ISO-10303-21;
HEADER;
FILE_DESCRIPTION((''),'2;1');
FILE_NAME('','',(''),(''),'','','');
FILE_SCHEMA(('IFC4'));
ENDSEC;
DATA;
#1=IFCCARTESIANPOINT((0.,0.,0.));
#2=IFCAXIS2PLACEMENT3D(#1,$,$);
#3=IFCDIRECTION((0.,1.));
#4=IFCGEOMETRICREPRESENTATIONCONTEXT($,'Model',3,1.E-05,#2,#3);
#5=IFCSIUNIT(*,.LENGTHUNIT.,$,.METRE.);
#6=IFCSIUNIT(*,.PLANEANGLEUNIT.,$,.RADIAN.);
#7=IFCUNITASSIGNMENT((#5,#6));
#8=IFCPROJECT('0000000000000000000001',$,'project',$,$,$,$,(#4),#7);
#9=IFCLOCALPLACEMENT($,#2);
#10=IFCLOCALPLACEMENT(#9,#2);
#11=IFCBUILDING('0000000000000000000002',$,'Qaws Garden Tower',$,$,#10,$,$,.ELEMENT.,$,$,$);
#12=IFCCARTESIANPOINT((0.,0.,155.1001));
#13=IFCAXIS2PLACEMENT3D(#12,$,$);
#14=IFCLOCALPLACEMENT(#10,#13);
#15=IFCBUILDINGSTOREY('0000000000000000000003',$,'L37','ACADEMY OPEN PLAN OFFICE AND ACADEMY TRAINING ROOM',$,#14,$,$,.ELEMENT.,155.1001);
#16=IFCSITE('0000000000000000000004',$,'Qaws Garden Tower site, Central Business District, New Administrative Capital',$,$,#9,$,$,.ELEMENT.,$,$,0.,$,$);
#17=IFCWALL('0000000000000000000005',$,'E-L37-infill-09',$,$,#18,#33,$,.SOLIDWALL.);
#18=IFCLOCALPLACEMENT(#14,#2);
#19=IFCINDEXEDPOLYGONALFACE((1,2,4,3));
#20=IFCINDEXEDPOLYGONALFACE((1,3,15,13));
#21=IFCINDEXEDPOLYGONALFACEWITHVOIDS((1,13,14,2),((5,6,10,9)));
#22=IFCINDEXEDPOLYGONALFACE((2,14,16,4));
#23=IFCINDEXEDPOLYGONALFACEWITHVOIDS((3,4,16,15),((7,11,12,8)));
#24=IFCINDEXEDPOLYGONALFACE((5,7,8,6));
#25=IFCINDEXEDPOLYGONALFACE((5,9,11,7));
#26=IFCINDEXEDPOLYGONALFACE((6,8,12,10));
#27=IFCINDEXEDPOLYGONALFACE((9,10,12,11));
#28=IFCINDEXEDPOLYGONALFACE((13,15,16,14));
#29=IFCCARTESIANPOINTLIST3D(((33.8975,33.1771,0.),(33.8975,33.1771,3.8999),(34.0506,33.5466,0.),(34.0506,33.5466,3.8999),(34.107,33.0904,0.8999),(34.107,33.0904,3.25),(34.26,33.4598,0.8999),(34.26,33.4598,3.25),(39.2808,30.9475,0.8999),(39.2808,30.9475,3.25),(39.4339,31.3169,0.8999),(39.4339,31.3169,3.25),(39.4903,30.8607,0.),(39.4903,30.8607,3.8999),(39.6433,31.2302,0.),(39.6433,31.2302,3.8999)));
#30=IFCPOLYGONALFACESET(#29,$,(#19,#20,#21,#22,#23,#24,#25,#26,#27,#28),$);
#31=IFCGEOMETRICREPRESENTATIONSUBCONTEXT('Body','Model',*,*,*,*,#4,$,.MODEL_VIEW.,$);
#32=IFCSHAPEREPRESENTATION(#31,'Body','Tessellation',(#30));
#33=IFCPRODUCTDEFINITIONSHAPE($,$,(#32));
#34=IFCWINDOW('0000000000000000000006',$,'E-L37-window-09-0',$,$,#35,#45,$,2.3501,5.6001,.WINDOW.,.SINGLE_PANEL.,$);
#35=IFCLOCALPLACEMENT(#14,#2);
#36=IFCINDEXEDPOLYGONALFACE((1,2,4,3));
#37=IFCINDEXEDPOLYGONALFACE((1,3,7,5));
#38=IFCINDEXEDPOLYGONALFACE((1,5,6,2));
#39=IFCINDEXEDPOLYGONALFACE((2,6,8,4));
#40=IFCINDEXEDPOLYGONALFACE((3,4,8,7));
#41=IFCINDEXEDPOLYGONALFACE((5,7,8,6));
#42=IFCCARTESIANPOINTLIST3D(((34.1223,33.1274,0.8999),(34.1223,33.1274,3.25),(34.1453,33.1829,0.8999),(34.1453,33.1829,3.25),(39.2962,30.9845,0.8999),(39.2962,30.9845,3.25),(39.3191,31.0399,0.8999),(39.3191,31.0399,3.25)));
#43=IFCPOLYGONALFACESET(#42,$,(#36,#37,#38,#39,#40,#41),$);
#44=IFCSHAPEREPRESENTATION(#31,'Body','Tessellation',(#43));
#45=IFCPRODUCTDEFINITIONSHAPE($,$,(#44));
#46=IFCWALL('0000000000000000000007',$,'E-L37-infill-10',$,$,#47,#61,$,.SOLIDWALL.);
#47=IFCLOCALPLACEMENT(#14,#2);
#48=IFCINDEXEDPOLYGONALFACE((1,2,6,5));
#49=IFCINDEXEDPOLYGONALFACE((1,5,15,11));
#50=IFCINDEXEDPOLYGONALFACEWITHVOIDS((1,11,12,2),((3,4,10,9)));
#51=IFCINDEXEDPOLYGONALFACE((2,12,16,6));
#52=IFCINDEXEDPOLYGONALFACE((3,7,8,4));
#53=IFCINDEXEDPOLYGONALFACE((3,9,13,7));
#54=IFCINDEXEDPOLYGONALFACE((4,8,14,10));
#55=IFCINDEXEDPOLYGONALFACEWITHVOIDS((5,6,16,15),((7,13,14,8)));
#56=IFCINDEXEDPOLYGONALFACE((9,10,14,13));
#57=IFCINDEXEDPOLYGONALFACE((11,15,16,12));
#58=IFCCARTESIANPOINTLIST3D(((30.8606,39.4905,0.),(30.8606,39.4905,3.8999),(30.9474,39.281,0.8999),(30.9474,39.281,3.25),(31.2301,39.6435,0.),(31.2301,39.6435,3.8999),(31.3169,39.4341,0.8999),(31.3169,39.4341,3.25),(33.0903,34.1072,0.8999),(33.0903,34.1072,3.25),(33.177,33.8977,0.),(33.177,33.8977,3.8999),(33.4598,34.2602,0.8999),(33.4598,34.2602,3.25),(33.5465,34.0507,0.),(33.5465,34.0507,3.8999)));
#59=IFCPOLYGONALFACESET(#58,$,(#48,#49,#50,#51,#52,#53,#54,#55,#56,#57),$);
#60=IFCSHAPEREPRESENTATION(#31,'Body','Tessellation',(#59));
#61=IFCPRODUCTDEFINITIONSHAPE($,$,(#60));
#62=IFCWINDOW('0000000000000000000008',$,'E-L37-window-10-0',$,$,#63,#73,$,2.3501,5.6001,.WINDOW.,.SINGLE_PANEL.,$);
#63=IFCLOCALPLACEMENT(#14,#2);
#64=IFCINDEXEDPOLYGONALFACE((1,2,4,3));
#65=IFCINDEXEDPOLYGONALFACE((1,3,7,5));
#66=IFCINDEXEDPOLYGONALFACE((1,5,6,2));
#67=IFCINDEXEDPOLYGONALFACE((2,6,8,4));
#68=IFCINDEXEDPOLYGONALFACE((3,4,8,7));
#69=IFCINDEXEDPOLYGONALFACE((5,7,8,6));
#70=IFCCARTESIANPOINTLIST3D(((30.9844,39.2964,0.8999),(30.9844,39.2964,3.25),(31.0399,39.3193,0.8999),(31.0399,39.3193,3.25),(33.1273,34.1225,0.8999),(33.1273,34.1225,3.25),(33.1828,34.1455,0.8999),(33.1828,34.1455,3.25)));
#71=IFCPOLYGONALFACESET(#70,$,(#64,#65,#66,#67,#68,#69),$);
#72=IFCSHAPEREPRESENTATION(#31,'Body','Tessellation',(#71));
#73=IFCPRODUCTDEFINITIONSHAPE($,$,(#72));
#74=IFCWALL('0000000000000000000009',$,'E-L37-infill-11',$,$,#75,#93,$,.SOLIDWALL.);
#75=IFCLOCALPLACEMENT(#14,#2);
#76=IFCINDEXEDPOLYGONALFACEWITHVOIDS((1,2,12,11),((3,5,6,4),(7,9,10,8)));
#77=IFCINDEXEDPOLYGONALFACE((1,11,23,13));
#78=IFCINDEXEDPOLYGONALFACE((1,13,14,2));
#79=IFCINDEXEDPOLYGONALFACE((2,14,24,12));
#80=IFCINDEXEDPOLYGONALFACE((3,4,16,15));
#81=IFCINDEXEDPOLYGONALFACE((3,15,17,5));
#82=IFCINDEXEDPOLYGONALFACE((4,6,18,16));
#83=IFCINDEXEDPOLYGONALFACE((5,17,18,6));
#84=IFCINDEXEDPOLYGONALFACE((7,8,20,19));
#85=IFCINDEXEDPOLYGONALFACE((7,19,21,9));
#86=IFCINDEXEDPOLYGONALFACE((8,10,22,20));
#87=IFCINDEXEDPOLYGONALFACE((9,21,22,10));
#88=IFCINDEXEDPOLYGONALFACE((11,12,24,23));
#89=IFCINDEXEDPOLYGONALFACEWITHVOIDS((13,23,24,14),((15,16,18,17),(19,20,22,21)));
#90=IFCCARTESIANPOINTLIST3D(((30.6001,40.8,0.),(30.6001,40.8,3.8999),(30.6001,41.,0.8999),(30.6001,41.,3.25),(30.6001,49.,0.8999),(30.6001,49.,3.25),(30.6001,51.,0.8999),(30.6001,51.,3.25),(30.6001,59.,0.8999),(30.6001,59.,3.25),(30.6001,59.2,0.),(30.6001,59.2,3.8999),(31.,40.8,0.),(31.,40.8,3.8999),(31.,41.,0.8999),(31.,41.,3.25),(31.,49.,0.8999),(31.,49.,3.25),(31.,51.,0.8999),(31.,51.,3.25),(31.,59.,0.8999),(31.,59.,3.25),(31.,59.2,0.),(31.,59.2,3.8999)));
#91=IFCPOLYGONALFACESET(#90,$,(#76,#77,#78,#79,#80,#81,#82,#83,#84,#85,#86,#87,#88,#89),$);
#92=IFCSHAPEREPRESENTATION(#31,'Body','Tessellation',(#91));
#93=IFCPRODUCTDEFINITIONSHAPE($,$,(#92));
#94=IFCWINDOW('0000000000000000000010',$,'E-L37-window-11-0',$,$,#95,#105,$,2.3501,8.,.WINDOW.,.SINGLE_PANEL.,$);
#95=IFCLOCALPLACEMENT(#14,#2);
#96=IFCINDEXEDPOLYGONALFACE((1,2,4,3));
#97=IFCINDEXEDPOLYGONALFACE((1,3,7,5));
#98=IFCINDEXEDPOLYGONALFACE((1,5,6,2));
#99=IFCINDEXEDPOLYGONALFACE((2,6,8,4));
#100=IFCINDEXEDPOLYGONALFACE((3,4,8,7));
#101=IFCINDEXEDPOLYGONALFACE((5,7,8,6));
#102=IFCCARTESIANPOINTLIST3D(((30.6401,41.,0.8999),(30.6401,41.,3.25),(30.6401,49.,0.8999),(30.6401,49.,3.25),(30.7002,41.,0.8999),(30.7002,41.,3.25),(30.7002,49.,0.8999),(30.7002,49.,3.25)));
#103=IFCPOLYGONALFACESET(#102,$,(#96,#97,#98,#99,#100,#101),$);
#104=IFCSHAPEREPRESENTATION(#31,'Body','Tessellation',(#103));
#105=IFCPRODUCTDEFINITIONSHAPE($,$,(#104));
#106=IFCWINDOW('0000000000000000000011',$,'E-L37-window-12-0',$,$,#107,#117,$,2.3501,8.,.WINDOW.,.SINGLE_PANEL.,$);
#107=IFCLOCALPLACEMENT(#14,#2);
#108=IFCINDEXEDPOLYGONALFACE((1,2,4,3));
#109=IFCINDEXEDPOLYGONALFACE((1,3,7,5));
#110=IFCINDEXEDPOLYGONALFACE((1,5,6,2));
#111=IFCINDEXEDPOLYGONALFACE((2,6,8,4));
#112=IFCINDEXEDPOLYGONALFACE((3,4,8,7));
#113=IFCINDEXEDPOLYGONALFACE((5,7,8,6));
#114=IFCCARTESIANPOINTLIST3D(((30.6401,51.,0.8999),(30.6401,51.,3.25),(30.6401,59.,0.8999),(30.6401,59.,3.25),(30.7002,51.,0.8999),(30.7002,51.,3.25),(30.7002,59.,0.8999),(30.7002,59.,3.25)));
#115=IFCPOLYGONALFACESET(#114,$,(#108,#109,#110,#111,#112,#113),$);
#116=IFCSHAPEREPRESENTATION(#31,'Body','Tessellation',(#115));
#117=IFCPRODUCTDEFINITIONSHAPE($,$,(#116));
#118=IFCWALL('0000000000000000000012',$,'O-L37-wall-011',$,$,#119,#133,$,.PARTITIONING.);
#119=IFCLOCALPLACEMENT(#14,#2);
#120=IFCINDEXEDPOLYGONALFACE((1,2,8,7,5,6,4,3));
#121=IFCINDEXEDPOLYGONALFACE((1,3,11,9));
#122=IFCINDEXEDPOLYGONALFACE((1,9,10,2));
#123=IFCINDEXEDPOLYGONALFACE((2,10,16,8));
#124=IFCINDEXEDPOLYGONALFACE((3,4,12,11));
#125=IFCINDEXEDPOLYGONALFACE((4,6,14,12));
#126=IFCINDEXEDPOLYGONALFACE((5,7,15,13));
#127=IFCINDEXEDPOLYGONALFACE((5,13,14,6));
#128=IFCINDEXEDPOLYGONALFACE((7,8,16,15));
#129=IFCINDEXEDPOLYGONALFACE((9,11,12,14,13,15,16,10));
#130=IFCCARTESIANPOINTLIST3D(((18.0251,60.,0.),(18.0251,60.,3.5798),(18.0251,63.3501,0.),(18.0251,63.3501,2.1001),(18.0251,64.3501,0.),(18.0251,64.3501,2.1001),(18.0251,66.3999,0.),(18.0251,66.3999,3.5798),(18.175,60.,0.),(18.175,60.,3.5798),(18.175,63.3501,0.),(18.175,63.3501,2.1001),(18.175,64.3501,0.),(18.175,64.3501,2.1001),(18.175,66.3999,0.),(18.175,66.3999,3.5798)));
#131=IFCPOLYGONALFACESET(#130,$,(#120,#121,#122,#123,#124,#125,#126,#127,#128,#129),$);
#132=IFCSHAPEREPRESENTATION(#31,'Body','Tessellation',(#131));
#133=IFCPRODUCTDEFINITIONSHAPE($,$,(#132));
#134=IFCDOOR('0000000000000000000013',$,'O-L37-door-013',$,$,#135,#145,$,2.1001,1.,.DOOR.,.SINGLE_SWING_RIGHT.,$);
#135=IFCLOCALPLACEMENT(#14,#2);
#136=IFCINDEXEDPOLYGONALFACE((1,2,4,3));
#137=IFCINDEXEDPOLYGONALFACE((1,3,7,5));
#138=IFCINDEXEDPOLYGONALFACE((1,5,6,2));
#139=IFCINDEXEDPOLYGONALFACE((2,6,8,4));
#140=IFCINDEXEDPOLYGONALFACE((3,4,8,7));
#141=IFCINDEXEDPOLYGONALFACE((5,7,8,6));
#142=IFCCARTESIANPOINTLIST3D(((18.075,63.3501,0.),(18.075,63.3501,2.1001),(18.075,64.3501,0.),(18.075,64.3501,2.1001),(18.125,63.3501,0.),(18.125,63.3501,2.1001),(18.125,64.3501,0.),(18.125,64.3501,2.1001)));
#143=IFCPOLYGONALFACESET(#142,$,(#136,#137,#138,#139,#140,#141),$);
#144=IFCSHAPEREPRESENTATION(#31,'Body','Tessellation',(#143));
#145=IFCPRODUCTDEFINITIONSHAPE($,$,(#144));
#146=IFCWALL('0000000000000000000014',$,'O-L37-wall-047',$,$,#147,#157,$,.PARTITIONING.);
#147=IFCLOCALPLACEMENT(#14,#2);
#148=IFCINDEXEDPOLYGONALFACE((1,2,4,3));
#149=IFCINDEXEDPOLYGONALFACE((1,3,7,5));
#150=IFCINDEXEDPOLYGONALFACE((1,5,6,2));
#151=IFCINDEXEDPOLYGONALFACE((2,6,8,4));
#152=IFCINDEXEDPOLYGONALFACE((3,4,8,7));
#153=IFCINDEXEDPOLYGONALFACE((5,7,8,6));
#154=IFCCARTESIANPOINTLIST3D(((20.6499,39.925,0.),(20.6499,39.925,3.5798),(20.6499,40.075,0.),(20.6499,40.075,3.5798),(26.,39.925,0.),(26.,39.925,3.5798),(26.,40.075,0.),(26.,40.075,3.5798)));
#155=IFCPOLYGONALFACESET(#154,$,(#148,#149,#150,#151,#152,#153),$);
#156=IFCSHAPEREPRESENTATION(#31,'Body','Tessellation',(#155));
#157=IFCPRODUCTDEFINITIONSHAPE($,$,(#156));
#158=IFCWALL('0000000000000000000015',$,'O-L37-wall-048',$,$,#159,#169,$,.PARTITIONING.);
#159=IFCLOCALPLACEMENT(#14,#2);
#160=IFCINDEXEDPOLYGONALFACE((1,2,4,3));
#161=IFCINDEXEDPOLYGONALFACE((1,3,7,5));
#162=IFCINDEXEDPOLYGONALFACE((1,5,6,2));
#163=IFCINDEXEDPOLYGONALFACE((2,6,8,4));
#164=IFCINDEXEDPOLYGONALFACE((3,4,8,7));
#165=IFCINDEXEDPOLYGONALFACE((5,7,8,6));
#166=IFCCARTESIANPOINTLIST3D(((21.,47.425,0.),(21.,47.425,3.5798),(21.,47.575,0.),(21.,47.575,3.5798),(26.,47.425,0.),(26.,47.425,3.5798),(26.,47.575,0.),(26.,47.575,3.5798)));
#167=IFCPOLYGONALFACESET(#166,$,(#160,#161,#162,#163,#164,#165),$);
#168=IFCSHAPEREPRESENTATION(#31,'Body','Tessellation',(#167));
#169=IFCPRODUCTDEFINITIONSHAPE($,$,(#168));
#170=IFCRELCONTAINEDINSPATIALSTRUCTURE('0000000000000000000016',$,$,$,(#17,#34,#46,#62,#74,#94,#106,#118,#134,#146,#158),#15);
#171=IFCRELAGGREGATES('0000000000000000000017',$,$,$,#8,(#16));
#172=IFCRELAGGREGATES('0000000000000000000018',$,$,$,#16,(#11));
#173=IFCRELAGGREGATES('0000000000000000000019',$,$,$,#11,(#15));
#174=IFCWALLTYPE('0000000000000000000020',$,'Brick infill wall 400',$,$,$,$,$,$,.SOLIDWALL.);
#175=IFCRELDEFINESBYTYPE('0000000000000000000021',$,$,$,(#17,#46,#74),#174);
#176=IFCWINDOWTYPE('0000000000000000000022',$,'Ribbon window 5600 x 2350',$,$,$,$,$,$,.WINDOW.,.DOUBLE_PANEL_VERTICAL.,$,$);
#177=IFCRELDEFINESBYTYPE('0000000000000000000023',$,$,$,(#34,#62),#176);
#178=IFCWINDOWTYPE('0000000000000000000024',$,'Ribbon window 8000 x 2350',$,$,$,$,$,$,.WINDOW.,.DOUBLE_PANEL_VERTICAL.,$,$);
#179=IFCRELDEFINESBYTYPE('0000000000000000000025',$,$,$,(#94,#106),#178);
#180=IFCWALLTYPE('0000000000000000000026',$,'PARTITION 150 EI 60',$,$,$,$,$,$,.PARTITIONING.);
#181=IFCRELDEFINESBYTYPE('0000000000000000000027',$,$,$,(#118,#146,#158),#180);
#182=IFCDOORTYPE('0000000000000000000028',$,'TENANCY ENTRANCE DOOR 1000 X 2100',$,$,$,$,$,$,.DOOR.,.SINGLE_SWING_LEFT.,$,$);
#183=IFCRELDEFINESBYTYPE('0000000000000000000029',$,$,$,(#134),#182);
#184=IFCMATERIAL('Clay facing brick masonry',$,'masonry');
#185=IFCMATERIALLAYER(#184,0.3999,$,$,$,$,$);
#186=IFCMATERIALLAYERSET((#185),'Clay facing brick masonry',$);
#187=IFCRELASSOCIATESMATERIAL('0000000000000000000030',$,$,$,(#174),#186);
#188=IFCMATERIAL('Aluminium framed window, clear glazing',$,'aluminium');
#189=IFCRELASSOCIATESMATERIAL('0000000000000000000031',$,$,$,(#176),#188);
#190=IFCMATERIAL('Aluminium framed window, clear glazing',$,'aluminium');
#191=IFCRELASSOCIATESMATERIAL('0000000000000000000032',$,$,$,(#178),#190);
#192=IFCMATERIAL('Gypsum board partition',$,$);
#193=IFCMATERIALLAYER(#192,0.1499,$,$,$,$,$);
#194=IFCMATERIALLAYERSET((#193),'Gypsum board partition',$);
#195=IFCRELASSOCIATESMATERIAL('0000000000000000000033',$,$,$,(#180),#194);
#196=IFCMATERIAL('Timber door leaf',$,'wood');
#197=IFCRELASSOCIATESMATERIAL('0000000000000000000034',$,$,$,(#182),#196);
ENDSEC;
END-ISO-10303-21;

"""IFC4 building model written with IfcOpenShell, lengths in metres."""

from ifc_helpers import new_model, si_unit, direction, frame, frame_2d, origin, place, context, subcontext, project, spatial, rectangle, extrude, material, layer, layer_set, type_object, element, fill, save


model = new_model("IFC4")

# Units and contexts
model_context = context("Model", 3, precision=1e-05, world=origin(), true_north=direction((0.0, 1.0)))
body_context = subcontext(model_context, "Body", "Model", "MODEL_VIEW")
ifc_project = project(units=[si_unit("LENGTHUNIT", "METRE"), si_unit("PLANEANGLEUNIT", "RADIAN")], contexts=[model_context])

# Site, building, storey
site_placement = place(None, origin())
site = spatial("IfcSite", under=ifc_project, at=site_placement, Name="Qaws Garden Tower site, Central Business District, New Administrative Capital", CompositionType="ELEMENT", RefElevation=0.0)
building_placement = place(site_placement, origin())
building = spatial("IfcBuilding", under=site, at=building_placement, Name="Qaws Garden Tower", CompositionType="ELEMENT")
storey_placement = place(building_placement, frame((0.0, 0.0, 155.1001)))
storey = spatial("IfcBuildingStorey", under=building, at=storey_placement, Name="L37", Description="ACADEMY OPEN PLAN OFFICE AND ACADEMY TRAINING ROOM", CompositionType="ELEMENT", Elevation=155.1001)

# Walls, openings, windows
ifc_material_1 = material(Name="Clay facing brick masonry", Category="masonry")
ifc_layer_1 = layer(ifc_material_1, 0.3999)
ifc_layer_set_1 = layer_set([ifc_layer_1], Name="Clay facing brick masonry")
wall_type_1 = type_object("IfcWallType", Name="Brick infill wall 400", PredefinedType="SOLIDWALL", material=ifc_layer_set_1)
wall_1_placement = place(storey_placement, frame((39.5669, 31.0454, 0.0), z_axis=(0.0, 0.0, 1.0), x_axis=(-0.923891, 0.382656, 0.0)))
wall_1 = element("IfcWall", 1, at=wall_1_placement, inside=storey, type_object=wall_type_1, Name="E-L37-infill-09", PredefinedType="SOLIDWALL", context=body_context, shape_type="SweptSolid", body=[
    extrude(rectangle(XDim=6.0535, YDim=0.3999, at=frame_2d((3.0269, 0.0))), origin(), (0.0, 0.0, 1.0), 3.8999),
])
opening_1_placement = place(wall_1_placement, frame((0.2268, 0.0, 0.8999)))
opening_1 = element("IfcOpeningElement", 2, at=opening_1_placement, cuts=wall_1, PredefinedType="OPENING", context=body_context, shape_type="SweptSolid", body=[
    extrude(rectangle(XDim=5.6001, YDim=2.3501, at=frame_2d((2.8, 1.175))), frame((0.0, 0.21, 0.0), z_axis=(0.0, -1.0, 0.0), x_axis=(1.0, 0.0, 0.0)), (0.0, 0.0, 1.0), 0.4199),
])
ifc_material_2 = material(Name="Aluminium framed window, clear glazing", Category="aluminium")
window_type_1 = type_object("IfcWindowType", Name="Ribbon window 5600 x 2350", PartitioningType="DOUBLE_PANEL_VERTICAL", PredefinedType="WINDOW", material=ifc_material_2)
window_1_placement = place(opening_1_placement, origin())
window_1 = element("IfcWindow", 3, at=window_1_placement, inside=storey, type_object=window_type_1, Name="E-L37-window-09-0", OverallHeight=2.3501, OverallWidth=5.6001, PartitioningType="SINGLE_PANEL", PredefinedType="WINDOW", context=body_context, shape_type="SweptSolid", body=[
    extrude(rectangle(XDim=5.6001, YDim=2.3501, at=frame_2d((2.8, 1.175))), frame((0.0, 0.1599, 0.0), z_axis=(0.0, -1.0, 0.0), x_axis=(1.0, 0.0, 0.0)), (0.0, 0.0, 1.0), 0.0601),
])
fill(opening_1, window_1)
wall_2_placement = place(storey_placement, frame((33.3618, 33.9741, 0.0), z_axis=(0.0, 0.0, 1.0), x_axis=(-0.382656, 0.923891, 0.0)))
wall_2 = element("IfcWall", 4, at=wall_2_placement, inside=storey, type_object=wall_type_1, Name="E-L37-infill-10", PredefinedType="SOLIDWALL", context=body_context, shape_type="SweptSolid", body=[
    extrude(rectangle(XDim=6.0535, YDim=0.3999, at=frame_2d((3.0269, 0.0))), origin(), (0.0, 0.0, 1.0), 3.8999),
])
opening_2_placement = place(wall_2_placement, frame((0.2268, 0.0, 0.8999)))
opening_2 = element("IfcOpeningElement", 5, at=opening_2_placement, cuts=wall_2, PredefinedType="OPENING", context=body_context, shape_type="SweptSolid", body=[
    extrude(rectangle(XDim=5.6001, YDim=2.3501, at=frame_2d((2.8, 1.175))), frame((0.0, 0.21, 0.0), z_axis=(0.0, -1.0, 0.0), x_axis=(1.0, 0.0, 0.0)), (0.0, 0.0, 1.0), 0.4199),
])
window_2_placement = place(opening_2_placement, origin())
window_2 = element("IfcWindow", 6, at=window_2_placement, inside=storey, type_object=window_type_1, Name="E-L37-window-10-0", OverallHeight=2.3501, OverallWidth=5.6001, PartitioningType="SINGLE_PANEL", PredefinedType="WINDOW", context=body_context, shape_type="SweptSolid", body=[
    extrude(rectangle(XDim=5.6001, YDim=2.3501, at=frame_2d((2.8, 1.175))), frame((0.0, 0.1599, 0.0), z_axis=(0.0, -1.0, 0.0), x_axis=(1.0, 0.0, 0.0)), (0.0, 0.0, 1.0), 0.0601),
])
fill(opening_2, window_2)

# Wall, openings, windows
wall_3_placement = place(storey_placement, frame((30.8, 40.8, 0.0), z_axis=(0.0, 0.0, 1.0), x_axis=(0.0, 1.0, 0.0)))
wall_3 = element("IfcWall", 7, at=wall_3_placement, inside=storey, type_object=wall_type_1, Name="E-L37-infill-11", PredefinedType="SOLIDWALL", context=body_context, shape_type="SweptSolid", body=[
    extrude(rectangle(XDim=18.3999, YDim=0.3999, at=frame_2d((9.2, 0.0))), origin(), (0.0, 0.0, 1.0), 3.8999),
])
opening_3_placement = place(wall_3_placement, frame((0.2, 0.0, 0.8999)))
opening_3 = element("IfcOpeningElement", 8, at=opening_3_placement, cuts=wall_3, PredefinedType="OPENING", context=body_context, shape_type="SweptSolid", body=[
    extrude(rectangle(XDim=8.0, YDim=2.3501, at=frame_2d((4.0, 1.175))), frame((0.0, 0.21, 0.0), z_axis=(0.0, -1.0, 0.0), x_axis=(1.0, 0.0, 0.0)), (0.0, 0.0, 1.0), 0.4199),
])
opening_4_placement = place(wall_3_placement, frame((10.2, 0.0, 0.8999)))
opening_4 = element("IfcOpeningElement", 9, at=opening_4_placement, cuts=wall_3, PredefinedType="OPENING", context=body_context, shape_type="SweptSolid", body=[
    extrude(rectangle(XDim=8.0, YDim=2.3501, at=frame_2d((4.0, 1.175))), frame((0.0, 0.21, 0.0), z_axis=(0.0, -1.0, 0.0), x_axis=(1.0, 0.0, 0.0)), (0.0, 0.0, 1.0), 0.4199),
])
ifc_material_3 = material(Name="Aluminium framed window, clear glazing", Category="aluminium")
window_type_2 = type_object("IfcWindowType", Name="Ribbon window 8000 x 2350", PartitioningType="DOUBLE_PANEL_VERTICAL", PredefinedType="WINDOW", material=ifc_material_3)
window_3_placement = place(opening_3_placement, origin())
window_3 = element("IfcWindow", 10, at=window_3_placement, inside=storey, type_object=window_type_2, Name="E-L37-window-11-0", OverallHeight=2.3501, OverallWidth=8.0, PartitioningType="SINGLE_PANEL", PredefinedType="WINDOW", context=body_context, shape_type="SweptSolid", body=[
    extrude(rectangle(XDim=8.0, YDim=2.3501, at=frame_2d((4.0, 1.175))), frame((0.0, 0.1599, 0.0), z_axis=(0.0, -1.0, 0.0), x_axis=(1.0, 0.0, 0.0)), (0.0, 0.0, 1.0), 0.0601),
])
fill(opening_3, window_3)
window_4_placement = place(opening_4_placement, origin())
window_4 = element("IfcWindow", 11, at=window_4_placement, inside=storey, type_object=window_type_2, Name="E-L37-window-12-0", OverallHeight=2.3501, OverallWidth=8.0, PartitioningType="SINGLE_PANEL", PredefinedType="WINDOW", context=body_context, shape_type="SweptSolid", body=[
    extrude(rectangle(XDim=8.0, YDim=2.3501, at=frame_2d((4.0, 1.175))), frame((0.0, 0.1599, 0.0), z_axis=(0.0, -1.0, 0.0), x_axis=(1.0, 0.0, 0.0)), (0.0, 0.0, 1.0), 0.0601),
])
fill(opening_4, window_4)

# Wall, opening, door
ifc_material_4 = material(Name="Gypsum board partition")
ifc_layer_2 = layer(ifc_material_4, 0.1499)
ifc_layer_set_2 = layer_set([ifc_layer_2], Name="Gypsum board partition")
wall_type_2 = type_object("IfcWallType", Name="PARTITION 150 EI 60", PredefinedType="PARTITIONING", material=ifc_layer_set_2)
wall_4_placement = place(storey_placement, frame((18.1001, 60.0, 0.0), z_axis=(0.0, 0.0, 1.0), x_axis=(0.0, 1.0, 0.0)))
wall_4 = element("IfcWall", 12, at=wall_4_placement, inside=storey, type_object=wall_type_2, Name="O-L37-wall-011", PredefinedType="PARTITIONING", context=body_context, shape_type="SweptSolid", body=[
    extrude(rectangle(XDim=6.3999, YDim=0.1499, at=frame_2d((3.2, 0.0))), origin(), (0.0, 0.0, 1.0), 3.5798),
])
opening_5_placement = place(wall_4_placement, frame((3.3501, 0.0, 0.0)))
opening_5 = element("IfcOpeningElement", 13, at=opening_5_placement, cuts=wall_4, PredefinedType="OPENING", context=body_context, shape_type="SweptSolid", body=[
    extrude(rectangle(XDim=1.0, YDim=2.1001, at=frame_2d((0.5, 1.05))), frame((0.0, 0.085, 0.0), z_axis=(0.0, -1.0, 0.0), x_axis=(1.0, 0.0, 0.0)), (0.0, 0.0, 1.0), 0.1699),
])
ifc_material_5 = material(Name="Timber door leaf", Category="wood")
door_type = type_object("IfcDoorType", Name="TENANCY ENTRANCE DOOR 1000 X 2100", OperationType="SINGLE_SWING_LEFT", PredefinedType="DOOR", material=ifc_material_5)
door_placement = place(opening_5_placement, frame((1.0, 0.0, 0.0), z_axis=(0.0, 0.0, 1.0), x_axis=(-1.0, 0.0, 0.0)))
door = element("IfcDoor", 14, at=door_placement, inside=storey, type_object=door_type, Name="O-L37-door-013", OperationType="SINGLE_SWING_RIGHT", OverallHeight=2.1001, OverallWidth=1.0, PredefinedType="DOOR", context=body_context, shape_type="SweptSolid", body=[
    extrude(rectangle(XDim=1.0, YDim=2.1001, at=frame_2d((0.5, 1.05))), frame((0.0, 0.0249, 0.0), z_axis=(0.0, -1.0, 0.0), x_axis=(1.0, 0.0, 0.0)), (0.0, 0.0, 1.0), 0.05),
])
fill(opening_5, door)

# Walls
wall_5_placement = place(storey_placement, frame((20.6499, 40.0, 0.0), z_axis=(0.0, 0.0, 1.0), x_axis=(1.0, 0.0, 0.0)))
element("IfcWall", 15, at=wall_5_placement, inside=storey, type_object=wall_type_2, Name="O-L37-wall-047", PredefinedType="PARTITIONING", context=body_context, shape_type="SweptSolid", body=[
    extrude(rectangle(XDim=5.3501, YDim=0.1499, at=frame_2d((2.675, 0.0))), origin(), (0.0, 0.0, 1.0), 3.5798),
])
for number, where, z_axis, x_axis, name in (
    (16, (21.0, 47.5, 0.0), (0.0, 0.0, 1.0), (1.0, 0.0, 0.0), "O-L37-wall-048"),
):
    element("IfcWall", number, at=place(storey_placement, frame(where, z_axis=z_axis, x_axis=x_axis)), inside=storey, type_object=wall_type_2, Name=name, PredefinedType="PARTITIONING", context=body_context, shape_type="SweptSolid", body=[
        extrude(rectangle(XDim=5.0, YDim=0.1499, at=frame_2d((2.5, 0.0))), origin(), (0.0, 0.0, 1.0), 3.5798),
    ])

save(model, "model.ifc")
